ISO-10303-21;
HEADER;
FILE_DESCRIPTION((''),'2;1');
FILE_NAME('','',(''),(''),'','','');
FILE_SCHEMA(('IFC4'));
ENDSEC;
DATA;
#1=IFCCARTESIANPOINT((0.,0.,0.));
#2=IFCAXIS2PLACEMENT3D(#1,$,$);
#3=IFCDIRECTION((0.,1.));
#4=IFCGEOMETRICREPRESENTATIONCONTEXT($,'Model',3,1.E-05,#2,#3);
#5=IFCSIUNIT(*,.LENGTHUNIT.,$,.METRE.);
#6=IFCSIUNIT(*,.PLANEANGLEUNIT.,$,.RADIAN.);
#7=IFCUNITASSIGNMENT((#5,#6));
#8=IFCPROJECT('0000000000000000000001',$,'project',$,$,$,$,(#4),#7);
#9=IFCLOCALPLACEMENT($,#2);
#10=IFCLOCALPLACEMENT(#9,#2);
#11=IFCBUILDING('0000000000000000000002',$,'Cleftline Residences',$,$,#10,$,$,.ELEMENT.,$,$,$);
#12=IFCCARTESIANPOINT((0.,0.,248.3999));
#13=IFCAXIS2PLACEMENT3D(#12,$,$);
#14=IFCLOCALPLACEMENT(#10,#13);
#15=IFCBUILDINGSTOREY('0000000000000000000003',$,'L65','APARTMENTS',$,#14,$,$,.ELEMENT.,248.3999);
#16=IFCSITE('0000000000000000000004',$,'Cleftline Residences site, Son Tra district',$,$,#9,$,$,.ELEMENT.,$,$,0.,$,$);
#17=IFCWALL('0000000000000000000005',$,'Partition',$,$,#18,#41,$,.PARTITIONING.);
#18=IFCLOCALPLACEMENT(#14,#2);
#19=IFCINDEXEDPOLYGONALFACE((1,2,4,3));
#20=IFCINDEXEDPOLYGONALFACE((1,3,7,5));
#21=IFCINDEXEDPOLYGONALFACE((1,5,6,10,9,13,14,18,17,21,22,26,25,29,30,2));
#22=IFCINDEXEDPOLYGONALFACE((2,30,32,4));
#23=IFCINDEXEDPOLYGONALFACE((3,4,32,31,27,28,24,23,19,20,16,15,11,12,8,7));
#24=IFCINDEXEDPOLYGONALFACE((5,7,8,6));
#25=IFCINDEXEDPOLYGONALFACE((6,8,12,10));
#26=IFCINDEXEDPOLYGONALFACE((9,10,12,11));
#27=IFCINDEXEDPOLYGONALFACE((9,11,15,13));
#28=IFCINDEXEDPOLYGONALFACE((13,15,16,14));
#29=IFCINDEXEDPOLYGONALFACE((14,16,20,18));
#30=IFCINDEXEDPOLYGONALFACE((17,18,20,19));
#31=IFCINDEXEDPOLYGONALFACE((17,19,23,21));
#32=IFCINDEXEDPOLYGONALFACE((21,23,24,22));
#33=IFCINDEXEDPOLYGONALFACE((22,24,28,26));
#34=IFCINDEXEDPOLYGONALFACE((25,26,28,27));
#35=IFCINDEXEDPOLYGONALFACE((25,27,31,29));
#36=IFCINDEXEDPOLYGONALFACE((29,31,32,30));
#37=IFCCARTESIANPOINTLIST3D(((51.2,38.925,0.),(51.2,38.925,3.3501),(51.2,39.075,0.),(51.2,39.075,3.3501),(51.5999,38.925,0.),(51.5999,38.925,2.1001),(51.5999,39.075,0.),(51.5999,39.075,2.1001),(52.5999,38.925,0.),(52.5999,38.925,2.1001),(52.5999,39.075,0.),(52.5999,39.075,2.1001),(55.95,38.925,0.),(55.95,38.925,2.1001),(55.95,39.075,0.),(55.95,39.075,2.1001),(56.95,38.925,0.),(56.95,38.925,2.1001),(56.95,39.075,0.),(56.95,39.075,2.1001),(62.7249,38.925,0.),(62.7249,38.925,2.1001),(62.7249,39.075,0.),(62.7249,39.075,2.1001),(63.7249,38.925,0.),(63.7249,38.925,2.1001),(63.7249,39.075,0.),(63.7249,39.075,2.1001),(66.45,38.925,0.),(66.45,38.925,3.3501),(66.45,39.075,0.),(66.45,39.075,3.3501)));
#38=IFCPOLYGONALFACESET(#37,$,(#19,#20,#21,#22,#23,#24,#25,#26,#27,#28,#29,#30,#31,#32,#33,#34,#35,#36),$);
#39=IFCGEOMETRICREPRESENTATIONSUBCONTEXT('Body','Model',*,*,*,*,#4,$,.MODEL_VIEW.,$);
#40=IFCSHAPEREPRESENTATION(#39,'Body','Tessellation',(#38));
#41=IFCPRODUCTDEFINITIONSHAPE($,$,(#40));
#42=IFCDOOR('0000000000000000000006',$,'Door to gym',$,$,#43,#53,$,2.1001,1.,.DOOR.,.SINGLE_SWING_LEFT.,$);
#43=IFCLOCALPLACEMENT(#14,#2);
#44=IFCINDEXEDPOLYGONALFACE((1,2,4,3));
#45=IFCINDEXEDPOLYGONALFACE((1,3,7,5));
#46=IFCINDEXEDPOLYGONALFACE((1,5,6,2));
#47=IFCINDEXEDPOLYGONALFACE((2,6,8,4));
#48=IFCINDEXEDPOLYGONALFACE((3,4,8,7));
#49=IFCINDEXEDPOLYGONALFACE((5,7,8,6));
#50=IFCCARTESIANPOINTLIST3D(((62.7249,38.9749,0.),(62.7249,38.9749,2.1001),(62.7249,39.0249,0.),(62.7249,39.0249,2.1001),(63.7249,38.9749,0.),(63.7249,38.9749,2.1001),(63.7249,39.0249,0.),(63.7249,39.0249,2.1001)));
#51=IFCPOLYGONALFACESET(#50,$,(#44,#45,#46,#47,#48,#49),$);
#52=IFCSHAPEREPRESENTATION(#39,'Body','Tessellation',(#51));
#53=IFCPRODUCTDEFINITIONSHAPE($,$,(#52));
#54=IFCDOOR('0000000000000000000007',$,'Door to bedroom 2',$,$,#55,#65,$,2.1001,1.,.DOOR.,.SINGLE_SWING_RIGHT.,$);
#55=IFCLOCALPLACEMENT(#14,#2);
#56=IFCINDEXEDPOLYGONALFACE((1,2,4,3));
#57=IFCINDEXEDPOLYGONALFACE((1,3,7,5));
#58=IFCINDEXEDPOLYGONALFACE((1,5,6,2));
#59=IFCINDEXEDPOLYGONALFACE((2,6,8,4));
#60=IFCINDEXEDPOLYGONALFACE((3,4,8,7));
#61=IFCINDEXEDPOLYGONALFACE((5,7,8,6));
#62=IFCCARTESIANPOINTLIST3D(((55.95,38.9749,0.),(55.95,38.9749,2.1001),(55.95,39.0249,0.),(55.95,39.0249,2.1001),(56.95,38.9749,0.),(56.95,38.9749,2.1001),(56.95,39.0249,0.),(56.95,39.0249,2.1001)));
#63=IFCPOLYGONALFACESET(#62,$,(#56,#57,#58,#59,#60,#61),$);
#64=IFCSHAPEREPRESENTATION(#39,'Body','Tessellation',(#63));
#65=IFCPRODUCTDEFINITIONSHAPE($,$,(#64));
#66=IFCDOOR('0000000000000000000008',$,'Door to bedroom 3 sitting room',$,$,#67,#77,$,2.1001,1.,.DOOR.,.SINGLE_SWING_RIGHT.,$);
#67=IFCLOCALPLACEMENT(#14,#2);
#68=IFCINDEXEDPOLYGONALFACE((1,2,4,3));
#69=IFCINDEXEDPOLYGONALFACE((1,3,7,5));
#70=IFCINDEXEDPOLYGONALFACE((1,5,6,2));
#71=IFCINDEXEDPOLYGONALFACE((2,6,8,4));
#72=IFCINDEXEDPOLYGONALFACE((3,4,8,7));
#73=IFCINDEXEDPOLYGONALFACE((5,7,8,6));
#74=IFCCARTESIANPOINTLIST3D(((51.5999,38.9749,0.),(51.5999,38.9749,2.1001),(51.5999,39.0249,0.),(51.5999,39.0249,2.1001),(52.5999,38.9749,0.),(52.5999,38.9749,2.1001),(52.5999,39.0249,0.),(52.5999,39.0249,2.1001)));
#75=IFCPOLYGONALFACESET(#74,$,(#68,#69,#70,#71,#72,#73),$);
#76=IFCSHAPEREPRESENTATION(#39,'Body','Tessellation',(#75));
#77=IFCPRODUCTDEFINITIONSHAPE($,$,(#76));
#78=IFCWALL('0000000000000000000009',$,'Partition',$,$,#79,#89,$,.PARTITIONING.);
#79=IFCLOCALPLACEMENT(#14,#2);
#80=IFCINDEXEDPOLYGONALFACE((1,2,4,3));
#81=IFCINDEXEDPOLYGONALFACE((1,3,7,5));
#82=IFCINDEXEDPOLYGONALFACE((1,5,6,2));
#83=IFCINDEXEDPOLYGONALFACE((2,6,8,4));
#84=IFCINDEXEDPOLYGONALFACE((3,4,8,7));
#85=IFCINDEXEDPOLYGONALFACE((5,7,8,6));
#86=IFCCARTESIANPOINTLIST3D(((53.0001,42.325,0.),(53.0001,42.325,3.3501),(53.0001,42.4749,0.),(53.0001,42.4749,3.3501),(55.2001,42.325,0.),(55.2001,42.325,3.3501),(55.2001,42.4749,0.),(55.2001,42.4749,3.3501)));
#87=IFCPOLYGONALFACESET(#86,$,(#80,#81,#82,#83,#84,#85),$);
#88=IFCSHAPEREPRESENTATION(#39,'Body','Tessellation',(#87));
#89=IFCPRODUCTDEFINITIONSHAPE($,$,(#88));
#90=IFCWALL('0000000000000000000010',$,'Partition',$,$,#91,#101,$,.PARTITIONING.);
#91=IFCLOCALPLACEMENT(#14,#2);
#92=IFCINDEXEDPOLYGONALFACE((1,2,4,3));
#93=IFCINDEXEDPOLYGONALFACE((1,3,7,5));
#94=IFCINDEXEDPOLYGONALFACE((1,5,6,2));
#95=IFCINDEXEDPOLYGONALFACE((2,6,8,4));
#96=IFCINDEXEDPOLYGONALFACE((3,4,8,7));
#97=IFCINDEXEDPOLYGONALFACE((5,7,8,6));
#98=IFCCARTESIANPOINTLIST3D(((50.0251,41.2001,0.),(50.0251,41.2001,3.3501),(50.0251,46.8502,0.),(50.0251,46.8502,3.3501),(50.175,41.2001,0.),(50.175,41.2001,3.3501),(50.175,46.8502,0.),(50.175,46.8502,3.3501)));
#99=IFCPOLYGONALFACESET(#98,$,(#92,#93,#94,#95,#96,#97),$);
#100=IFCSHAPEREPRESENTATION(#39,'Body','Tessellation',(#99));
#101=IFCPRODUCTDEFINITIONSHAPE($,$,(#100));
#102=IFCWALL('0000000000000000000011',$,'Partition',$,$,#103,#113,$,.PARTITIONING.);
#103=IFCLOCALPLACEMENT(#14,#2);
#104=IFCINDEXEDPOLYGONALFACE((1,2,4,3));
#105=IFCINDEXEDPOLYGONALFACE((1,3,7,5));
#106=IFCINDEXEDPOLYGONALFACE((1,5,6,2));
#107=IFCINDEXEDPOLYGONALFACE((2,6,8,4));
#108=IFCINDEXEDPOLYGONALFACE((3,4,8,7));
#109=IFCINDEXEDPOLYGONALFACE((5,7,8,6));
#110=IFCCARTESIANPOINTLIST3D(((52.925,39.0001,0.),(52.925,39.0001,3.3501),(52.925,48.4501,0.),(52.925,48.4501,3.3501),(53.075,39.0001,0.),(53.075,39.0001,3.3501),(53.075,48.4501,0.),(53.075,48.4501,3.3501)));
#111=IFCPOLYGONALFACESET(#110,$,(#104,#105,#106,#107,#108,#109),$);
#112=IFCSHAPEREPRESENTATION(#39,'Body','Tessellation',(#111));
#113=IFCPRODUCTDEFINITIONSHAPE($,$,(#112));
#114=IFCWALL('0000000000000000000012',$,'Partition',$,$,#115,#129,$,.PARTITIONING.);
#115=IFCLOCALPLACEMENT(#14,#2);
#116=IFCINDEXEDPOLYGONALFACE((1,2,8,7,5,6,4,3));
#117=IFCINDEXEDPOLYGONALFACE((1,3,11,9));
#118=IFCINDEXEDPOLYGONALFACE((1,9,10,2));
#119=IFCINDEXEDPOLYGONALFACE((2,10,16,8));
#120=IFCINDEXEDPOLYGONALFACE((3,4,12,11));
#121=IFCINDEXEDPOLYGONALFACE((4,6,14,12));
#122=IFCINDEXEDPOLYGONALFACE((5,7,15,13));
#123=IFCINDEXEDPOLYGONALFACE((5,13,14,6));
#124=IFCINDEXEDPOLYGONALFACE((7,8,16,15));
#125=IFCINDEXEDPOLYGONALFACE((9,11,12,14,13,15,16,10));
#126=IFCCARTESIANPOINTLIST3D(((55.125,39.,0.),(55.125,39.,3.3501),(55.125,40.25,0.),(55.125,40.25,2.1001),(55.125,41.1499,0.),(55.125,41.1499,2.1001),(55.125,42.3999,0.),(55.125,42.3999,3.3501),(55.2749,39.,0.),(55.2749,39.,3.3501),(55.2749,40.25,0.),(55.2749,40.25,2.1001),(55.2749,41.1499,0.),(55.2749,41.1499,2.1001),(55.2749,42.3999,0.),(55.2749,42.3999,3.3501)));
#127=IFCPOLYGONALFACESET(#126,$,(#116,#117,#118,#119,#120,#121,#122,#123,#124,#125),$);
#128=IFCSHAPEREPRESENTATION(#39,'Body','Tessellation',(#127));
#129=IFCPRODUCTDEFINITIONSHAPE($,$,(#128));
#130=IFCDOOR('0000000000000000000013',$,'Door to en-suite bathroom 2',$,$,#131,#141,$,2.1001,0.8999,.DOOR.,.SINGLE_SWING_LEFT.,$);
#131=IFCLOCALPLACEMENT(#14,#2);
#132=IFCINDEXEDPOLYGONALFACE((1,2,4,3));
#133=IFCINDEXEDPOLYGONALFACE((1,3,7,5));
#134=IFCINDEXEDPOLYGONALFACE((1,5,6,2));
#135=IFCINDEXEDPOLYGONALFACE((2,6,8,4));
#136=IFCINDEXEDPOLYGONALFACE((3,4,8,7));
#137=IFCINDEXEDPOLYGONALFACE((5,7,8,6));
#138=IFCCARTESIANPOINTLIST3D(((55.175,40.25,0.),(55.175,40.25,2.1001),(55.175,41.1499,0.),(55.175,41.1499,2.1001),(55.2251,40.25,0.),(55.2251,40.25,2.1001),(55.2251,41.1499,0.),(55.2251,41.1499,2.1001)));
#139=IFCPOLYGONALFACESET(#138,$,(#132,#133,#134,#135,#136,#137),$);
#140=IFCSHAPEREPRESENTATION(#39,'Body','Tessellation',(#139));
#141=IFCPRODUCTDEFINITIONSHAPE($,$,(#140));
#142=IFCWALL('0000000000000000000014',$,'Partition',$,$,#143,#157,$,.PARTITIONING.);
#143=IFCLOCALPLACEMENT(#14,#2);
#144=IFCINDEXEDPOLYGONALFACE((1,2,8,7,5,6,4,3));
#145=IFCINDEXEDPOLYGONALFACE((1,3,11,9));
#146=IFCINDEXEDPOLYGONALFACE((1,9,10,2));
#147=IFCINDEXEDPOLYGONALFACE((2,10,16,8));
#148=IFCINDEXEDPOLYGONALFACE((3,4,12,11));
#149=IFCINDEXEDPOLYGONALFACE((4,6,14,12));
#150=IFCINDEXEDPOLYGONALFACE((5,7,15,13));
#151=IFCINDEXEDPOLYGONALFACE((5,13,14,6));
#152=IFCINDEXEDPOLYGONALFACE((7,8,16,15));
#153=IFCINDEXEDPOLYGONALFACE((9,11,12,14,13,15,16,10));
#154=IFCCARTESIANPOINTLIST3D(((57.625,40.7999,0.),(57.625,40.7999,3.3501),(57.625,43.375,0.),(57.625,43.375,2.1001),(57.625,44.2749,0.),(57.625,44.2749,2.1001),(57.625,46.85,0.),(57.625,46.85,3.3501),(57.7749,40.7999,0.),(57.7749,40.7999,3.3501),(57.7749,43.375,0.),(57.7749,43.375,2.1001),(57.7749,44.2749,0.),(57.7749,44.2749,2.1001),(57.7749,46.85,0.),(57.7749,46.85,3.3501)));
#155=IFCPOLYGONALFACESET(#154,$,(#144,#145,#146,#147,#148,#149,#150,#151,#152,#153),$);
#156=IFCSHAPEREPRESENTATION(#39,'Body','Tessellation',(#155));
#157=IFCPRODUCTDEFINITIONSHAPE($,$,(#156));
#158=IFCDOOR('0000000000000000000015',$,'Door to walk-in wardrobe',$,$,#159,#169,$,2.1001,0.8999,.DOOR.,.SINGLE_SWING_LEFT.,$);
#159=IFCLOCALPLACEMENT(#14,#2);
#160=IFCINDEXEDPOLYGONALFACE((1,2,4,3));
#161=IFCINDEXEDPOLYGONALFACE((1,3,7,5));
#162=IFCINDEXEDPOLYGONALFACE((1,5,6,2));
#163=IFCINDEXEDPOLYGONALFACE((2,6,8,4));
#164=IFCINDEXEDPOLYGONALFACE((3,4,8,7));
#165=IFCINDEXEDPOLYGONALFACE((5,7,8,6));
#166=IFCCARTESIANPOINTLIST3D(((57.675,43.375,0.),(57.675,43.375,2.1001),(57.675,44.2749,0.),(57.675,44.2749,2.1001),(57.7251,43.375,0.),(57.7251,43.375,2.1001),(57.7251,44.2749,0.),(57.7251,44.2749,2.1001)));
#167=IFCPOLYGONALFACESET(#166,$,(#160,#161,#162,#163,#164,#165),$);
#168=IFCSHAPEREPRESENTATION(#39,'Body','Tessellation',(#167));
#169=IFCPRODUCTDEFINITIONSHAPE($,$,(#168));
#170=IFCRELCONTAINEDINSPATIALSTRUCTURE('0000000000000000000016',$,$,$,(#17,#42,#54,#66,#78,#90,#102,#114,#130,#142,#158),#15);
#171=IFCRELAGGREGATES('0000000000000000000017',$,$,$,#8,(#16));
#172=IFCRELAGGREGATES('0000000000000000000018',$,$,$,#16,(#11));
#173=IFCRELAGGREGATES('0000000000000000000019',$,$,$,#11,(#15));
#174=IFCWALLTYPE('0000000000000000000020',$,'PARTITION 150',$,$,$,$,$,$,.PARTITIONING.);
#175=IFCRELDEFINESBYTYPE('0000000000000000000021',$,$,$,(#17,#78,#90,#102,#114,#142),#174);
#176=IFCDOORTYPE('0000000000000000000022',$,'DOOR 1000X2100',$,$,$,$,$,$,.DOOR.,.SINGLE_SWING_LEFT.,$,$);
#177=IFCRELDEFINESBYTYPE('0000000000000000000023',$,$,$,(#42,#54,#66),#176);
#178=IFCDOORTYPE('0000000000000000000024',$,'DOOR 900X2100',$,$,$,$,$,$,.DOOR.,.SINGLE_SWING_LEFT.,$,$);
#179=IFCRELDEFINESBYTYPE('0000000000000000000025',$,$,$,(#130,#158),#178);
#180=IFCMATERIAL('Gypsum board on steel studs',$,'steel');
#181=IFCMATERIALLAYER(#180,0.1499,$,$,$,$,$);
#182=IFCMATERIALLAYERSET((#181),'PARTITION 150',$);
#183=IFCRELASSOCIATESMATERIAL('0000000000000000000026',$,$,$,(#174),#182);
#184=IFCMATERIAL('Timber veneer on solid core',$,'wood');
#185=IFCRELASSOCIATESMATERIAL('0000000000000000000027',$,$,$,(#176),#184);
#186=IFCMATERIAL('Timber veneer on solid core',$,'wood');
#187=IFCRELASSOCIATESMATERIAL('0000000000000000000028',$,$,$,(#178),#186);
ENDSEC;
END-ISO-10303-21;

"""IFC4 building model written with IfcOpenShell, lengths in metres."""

from ifc_helpers import new_model, si_unit, direction, frame, frame_2d, origin, place, context, subcontext, project, spatial, rectangle, extrude, material, layer, layer_set, type_object, element, fill, save


model = new_model("IFC4")

# Units and contexts
model_context = context("Model", 3, precision=1e-05, world=origin(), true_north=direction((0.0, 1.0)))
body_context = subcontext(model_context, "Body", "Model", "MODEL_VIEW")
ifc_project = project(units=[si_unit("LENGTHUNIT", "METRE"), si_unit("PLANEANGLEUNIT", "RADIAN")], contexts=[model_context])

# Site, building, storey
site_placement = place(None, origin())
site = spatial("IfcSite", under=ifc_project, at=site_placement, Name="Cleftline Residences site, Son Tra district", CompositionType="ELEMENT", RefElevation=0.0)
building_placement = place(site_placement, origin())
building = spatial("IfcBuilding", under=site, at=building_placement, Name="Cleftline Residences", CompositionType="ELEMENT")
storey_placement = place(building_placement, frame((0.0, 0.0, 248.3999)))
storey = spatial("IfcBuildingStorey", under=building, at=storey_placement, Name="L65", Description="APARTMENTS", CompositionType="ELEMENT", Elevation=248.3999)

# Wall, openings, doors
ifc_material_1 = material(Name="Gypsum board on steel studs", Category="steel")
ifc_layer_1 = layer(ifc_material_1, 0.1499)
ifc_layer_set_1 = layer_set([ifc_layer_1], Name="PARTITION 150")
wall_type_1 = type_object("IfcWallType", Name="PARTITION 150", PredefinedType="PARTITIONING", material=ifc_layer_set_1)
wall_1_placement = place(storey_placement, frame((51.2, 39.0, 0.0), z_axis=(0.0, 0.0, 1.0), x_axis=(1.0, 0.0, 0.0)))
wall_1 = element("IfcWall", 1, at=wall_1_placement, inside=storey, type_object=wall_type_1, Name="Partition", PredefinedType="PARTITIONING", context=body_context, shape_type="SweptSolid", body=[
    extrude(rectangle(XDim=15.25, YDim=0.1499, at=frame_2d((7.625, 0.0))), origin(), (0.0, 0.0, 1.0), 3.3501),
])
opening_1_placement = place(wall_1_placement, frame((11.5249, 0.0, 0.0)))
opening_1 = element("IfcOpeningElement", 2, at=opening_1_placement, cuts=wall_1, PredefinedType="OPENING", context=body_context, shape_type="SweptSolid", body=[
    extrude(rectangle(XDim=1.0, YDim=2.1001, at=frame_2d((0.5, 1.05))), frame((0.0, 0.085, 0.0), z_axis=(0.0, -1.0, 0.0), x_axis=(1.0, 0.0, 0.0)), (0.0, 0.0, 1.0), 0.1699),
])
opening_2_placement = place(wall_1_placement, frame((4.75, 0.0, 0.0)))
opening_2 = element("IfcOpeningElement", 3, at=opening_2_placement, cuts=wall_1, PredefinedType="OPENING", context=body_context, shape_type="SweptSolid", body=[
    extrude(rectangle(XDim=1.0, YDim=2.1001, at=frame_2d((0.5, 1.05))), frame((0.0, 0.085, 0.0), z_axis=(0.0, -1.0, 0.0), x_axis=(1.0, 0.0, 0.0)), (0.0, 0.0, 1.0), 0.1699),
])
opening_3_placement = place(wall_1_placement, frame((0.3999, 0.0, 0.0)))
opening_3 = element("IfcOpeningElement", 4, at=opening_3_placement, cuts=wall_1, PredefinedType="OPENING", context=body_context, shape_type="SweptSolid", body=[
    extrude(rectangle(XDim=1.0, YDim=2.1001, at=frame_2d((0.5, 1.05))), frame((0.0, 0.085, 0.0), z_axis=(0.0, -1.0, 0.0), x_axis=(1.0, 0.0, 0.0)), (0.0, 0.0, 1.0), 0.1699),
])
ifc_material_2 = material(Name="Timber veneer on solid core", Category="wood")
door_type_1 = type_object("IfcDoorType", Name="DOOR 1000X2100", OperationType="SINGLE_SWING_LEFT", PredefinedType="DOOR", material=ifc_material_2)
door_1_placement = place(opening_1_placement, origin())
door_1 = element("IfcDoor", 5, at=door_1_placement, inside=storey, type_object=door_type_1, Name="Door to gym", OperationType="SINGLE_SWING_LEFT", OverallHeight=2.1001, OverallWidth=1.0, PredefinedType="DOOR", context=body_context, shape_type="SweptSolid", body=[
    extrude(rectangle(XDim=1.0, YDim=2.1001, at=frame_2d((0.5, 1.05))), frame((0.0, 0.0249, 0.0), z_axis=(0.0, -1.0, 0.0), x_axis=(1.0, 0.0, 0.0)), (0.0, 0.0, 1.0), 0.05),
])
fill(opening_1, door_1)
door_2_placement = place(opening_2_placement, origin())
door_2 = element("IfcDoor", 6, at=door_2_placement, inside=storey, type_object=door_type_1, Name="Door to bedroom 2", OperationType="SINGLE_SWING_RIGHT", OverallHeight=2.1001, OverallWidth=1.0, PredefinedType="DOOR", context=body_context, shape_type="SweptSolid", body=[
    extrude(rectangle(XDim=1.0, YDim=2.1001, at=frame_2d((0.5, 1.05))), frame((0.0, 0.0249, 0.0), z_axis=(0.0, -1.0, 0.0), x_axis=(1.0, 0.0, 0.0)), (0.0, 0.0, 1.0), 0.05),
])
fill(opening_2, door_2)
door_3_placement = place(opening_3_placement, origin())
door_3 = element("IfcDoor", 7, at=door_3_placement, inside=storey, type_object=door_type_1, Name="Door to bedroom 3 sitting room", OperationType="SINGLE_SWING_RIGHT", OverallHeight=2.1001, OverallWidth=1.0, PredefinedType="DOOR", context=body_context, shape_type="SweptSolid", body=[
    extrude(rectangle(XDim=1.0, YDim=2.1001, at=frame_2d((0.5, 1.05))), frame((0.0, 0.0249, 0.0), z_axis=(0.0, -1.0, 0.0), x_axis=(1.0, 0.0, 0.0)), (0.0, 0.0, 1.0), 0.05),
])
fill(opening_3, door_3)

# Walls
wall_2_placement = place(storey_placement, frame((53.0, 42.3999, 0.0), z_axis=(0.0, 0.0, 1.0), x_axis=(1.0, 0.0, 0.0)))
element("IfcWall", 8, at=wall_2_placement, inside=storey, type_object=wall_type_1, Name="Partition", PredefinedType="PARTITIONING", context=body_context, shape_type="SweptSolid", body=[
    extrude(rectangle(XDim=2.2, YDim=0.1499, at=frame_2d((1.1001, 0.0))), origin(), (0.0, 0.0, 1.0), 3.3501),
])
wall_3_placement = place(storey_placement, frame((50.1001, 41.2, 0.0), z_axis=(0.0, 0.0, 1.0), x_axis=(0.0, 1.0, 0.0)))
element("IfcWall", 9, at=wall_3_placement, inside=storey, type_object=wall_type_1, Name="Partition", PredefinedType="PARTITIONING", context=body_context, shape_type="SweptSolid", body=[
    extrude(rectangle(XDim=5.6501, YDim=0.1499, at=frame_2d((2.8252, 0.0))), origin(), (0.0, 0.0, 1.0), 3.3501),
])
wall_4_placement = place(storey_placement, frame((53.0, 39.0, 0.0), z_axis=(0.0, 0.0, 1.0), x_axis=(0.0, 1.0, 0.0)))
element("IfcWall", 10, at=wall_4_placement, inside=storey, type_object=wall_type_1, Name="Partition", PredefinedType="PARTITIONING", context=body_context, shape_type="SweptSolid", body=[
    extrude(rectangle(XDim=9.45, YDim=0.1499, at=frame_2d((4.7251, 0.0))), origin(), (0.0, 0.0, 1.0), 3.3501),
])

# Walls, openings, doors
wall_5_placement = place(storey_placement, frame((55.2, 39.0, 0.0), z_axis=(0.0, 0.0, 1.0), x_axis=(0.0, 1.0, 0.0)))
wall_5 = element("IfcWall", 11, at=wall_5_placement, inside=storey, type_object=wall_type_1, Name="Partition", PredefinedType="PARTITIONING", context=body_context, shape_type="SweptSolid", body=[
    extrude(rectangle(XDim=3.3999, YDim=0.1499, at=frame_2d((1.7, 0.0))), origin(), (0.0, 0.0, 1.0), 3.3501),
])
opening_4_placement = place(wall_5_placement, frame((1.25, 0.0, 0.0)))
opening_4 = element("IfcOpeningElement", 12, at=opening_4_placement, cuts=wall_5, PredefinedType="OPENING", context=body_context, shape_type="SweptSolid", body=[
    extrude(rectangle(XDim=0.8999, YDim=2.1001, at=frame_2d((0.45, 1.05))), frame((0.0, 0.085, 0.0), z_axis=(0.0, -1.0, 0.0), x_axis=(1.0, 0.0, 0.0)), (0.0, 0.0, 1.0), 0.1699),
])
ifc_material_3 = material(Name="Timber veneer on solid core", Category="wood")
door_type_2 = type_object("IfcDoorType", Name="DOOR 900X2100", OperationType="SINGLE_SWING_LEFT", PredefinedType="DOOR", material=ifc_material_3)
door_4_placement = place(opening_4_placement, origin())
door_4 = element("IfcDoor", 13, at=door_4_placement, inside=storey, type_object=door_type_2, Name="Door to en-suite bathroom 2", OperationType="SINGLE_SWING_LEFT", OverallHeight=2.1001, OverallWidth=0.8999, PredefinedType="DOOR", context=body_context, shape_type="SweptSolid", body=[
    extrude(rectangle(XDim=0.8999, YDim=2.1001, at=frame_2d((0.45, 1.05))), frame((0.0, 0.0249, 0.0), z_axis=(0.0, -1.0, 0.0), x_axis=(1.0, 0.0, 0.0)), (0.0, 0.0, 1.0), 0.05),
])
fill(opening_4, door_4)
wall_6_placement = place(storey_placement, frame((57.7, 40.8, 0.0), z_axis=(0.0, 0.0, 1.0), x_axis=(0.0, 1.0, 0.0)))
wall_6 = element("IfcWall", 14, at=wall_6_placement, inside=storey, type_object=wall_type_1, Name="Partition", PredefinedType="PARTITIONING", context=body_context, shape_type="SweptSolid", body=[
    extrude(rectangle(XDim=6.05, YDim=0.1499, at=frame_2d((3.0249, 0.0))), origin(), (0.0, 0.0, 1.0), 3.3501),
])
opening_5_placement = place(wall_6_placement, frame((2.575, 0.0, 0.0)))
opening_5 = element("IfcOpeningElement", 15, at=opening_5_placement, cuts=wall_6, PredefinedType="OPENING", context=body_context, shape_type="SweptSolid", body=[
    extrude(rectangle(XDim=0.8999, YDim=2.1001, at=frame_2d((0.45, 1.05))), frame((0.0, 0.085, 0.0), z_axis=(0.0, -1.0, 0.0), x_axis=(1.0, 0.0, 0.0)), (0.0, 0.0, 1.0), 0.1699),
])
door_5_placement = place(opening_5_placement, origin())
door_5 = element("IfcDoor", 16, at=door_5_placement, inside=storey, type_object=door_type_2, Name="Door to walk-in wardrobe", OperationType="SINGLE_SWING_LEFT", OverallHeight=2.1001, OverallWidth=0.8999, PredefinedType="DOOR", context=body_context, shape_type="SweptSolid", body=[
    extrude(rectangle(XDim=0.8999, YDim=2.1001, at=frame_2d((0.45, 1.05))), frame((0.0, 0.0249, 0.0), z_axis=(0.0, -1.0, 0.0), x_axis=(1.0, 0.0, 0.0)), (0.0, 0.0, 1.0), 0.05),
])
fill(opening_5, door_5)

save(model, "model.ifc")
